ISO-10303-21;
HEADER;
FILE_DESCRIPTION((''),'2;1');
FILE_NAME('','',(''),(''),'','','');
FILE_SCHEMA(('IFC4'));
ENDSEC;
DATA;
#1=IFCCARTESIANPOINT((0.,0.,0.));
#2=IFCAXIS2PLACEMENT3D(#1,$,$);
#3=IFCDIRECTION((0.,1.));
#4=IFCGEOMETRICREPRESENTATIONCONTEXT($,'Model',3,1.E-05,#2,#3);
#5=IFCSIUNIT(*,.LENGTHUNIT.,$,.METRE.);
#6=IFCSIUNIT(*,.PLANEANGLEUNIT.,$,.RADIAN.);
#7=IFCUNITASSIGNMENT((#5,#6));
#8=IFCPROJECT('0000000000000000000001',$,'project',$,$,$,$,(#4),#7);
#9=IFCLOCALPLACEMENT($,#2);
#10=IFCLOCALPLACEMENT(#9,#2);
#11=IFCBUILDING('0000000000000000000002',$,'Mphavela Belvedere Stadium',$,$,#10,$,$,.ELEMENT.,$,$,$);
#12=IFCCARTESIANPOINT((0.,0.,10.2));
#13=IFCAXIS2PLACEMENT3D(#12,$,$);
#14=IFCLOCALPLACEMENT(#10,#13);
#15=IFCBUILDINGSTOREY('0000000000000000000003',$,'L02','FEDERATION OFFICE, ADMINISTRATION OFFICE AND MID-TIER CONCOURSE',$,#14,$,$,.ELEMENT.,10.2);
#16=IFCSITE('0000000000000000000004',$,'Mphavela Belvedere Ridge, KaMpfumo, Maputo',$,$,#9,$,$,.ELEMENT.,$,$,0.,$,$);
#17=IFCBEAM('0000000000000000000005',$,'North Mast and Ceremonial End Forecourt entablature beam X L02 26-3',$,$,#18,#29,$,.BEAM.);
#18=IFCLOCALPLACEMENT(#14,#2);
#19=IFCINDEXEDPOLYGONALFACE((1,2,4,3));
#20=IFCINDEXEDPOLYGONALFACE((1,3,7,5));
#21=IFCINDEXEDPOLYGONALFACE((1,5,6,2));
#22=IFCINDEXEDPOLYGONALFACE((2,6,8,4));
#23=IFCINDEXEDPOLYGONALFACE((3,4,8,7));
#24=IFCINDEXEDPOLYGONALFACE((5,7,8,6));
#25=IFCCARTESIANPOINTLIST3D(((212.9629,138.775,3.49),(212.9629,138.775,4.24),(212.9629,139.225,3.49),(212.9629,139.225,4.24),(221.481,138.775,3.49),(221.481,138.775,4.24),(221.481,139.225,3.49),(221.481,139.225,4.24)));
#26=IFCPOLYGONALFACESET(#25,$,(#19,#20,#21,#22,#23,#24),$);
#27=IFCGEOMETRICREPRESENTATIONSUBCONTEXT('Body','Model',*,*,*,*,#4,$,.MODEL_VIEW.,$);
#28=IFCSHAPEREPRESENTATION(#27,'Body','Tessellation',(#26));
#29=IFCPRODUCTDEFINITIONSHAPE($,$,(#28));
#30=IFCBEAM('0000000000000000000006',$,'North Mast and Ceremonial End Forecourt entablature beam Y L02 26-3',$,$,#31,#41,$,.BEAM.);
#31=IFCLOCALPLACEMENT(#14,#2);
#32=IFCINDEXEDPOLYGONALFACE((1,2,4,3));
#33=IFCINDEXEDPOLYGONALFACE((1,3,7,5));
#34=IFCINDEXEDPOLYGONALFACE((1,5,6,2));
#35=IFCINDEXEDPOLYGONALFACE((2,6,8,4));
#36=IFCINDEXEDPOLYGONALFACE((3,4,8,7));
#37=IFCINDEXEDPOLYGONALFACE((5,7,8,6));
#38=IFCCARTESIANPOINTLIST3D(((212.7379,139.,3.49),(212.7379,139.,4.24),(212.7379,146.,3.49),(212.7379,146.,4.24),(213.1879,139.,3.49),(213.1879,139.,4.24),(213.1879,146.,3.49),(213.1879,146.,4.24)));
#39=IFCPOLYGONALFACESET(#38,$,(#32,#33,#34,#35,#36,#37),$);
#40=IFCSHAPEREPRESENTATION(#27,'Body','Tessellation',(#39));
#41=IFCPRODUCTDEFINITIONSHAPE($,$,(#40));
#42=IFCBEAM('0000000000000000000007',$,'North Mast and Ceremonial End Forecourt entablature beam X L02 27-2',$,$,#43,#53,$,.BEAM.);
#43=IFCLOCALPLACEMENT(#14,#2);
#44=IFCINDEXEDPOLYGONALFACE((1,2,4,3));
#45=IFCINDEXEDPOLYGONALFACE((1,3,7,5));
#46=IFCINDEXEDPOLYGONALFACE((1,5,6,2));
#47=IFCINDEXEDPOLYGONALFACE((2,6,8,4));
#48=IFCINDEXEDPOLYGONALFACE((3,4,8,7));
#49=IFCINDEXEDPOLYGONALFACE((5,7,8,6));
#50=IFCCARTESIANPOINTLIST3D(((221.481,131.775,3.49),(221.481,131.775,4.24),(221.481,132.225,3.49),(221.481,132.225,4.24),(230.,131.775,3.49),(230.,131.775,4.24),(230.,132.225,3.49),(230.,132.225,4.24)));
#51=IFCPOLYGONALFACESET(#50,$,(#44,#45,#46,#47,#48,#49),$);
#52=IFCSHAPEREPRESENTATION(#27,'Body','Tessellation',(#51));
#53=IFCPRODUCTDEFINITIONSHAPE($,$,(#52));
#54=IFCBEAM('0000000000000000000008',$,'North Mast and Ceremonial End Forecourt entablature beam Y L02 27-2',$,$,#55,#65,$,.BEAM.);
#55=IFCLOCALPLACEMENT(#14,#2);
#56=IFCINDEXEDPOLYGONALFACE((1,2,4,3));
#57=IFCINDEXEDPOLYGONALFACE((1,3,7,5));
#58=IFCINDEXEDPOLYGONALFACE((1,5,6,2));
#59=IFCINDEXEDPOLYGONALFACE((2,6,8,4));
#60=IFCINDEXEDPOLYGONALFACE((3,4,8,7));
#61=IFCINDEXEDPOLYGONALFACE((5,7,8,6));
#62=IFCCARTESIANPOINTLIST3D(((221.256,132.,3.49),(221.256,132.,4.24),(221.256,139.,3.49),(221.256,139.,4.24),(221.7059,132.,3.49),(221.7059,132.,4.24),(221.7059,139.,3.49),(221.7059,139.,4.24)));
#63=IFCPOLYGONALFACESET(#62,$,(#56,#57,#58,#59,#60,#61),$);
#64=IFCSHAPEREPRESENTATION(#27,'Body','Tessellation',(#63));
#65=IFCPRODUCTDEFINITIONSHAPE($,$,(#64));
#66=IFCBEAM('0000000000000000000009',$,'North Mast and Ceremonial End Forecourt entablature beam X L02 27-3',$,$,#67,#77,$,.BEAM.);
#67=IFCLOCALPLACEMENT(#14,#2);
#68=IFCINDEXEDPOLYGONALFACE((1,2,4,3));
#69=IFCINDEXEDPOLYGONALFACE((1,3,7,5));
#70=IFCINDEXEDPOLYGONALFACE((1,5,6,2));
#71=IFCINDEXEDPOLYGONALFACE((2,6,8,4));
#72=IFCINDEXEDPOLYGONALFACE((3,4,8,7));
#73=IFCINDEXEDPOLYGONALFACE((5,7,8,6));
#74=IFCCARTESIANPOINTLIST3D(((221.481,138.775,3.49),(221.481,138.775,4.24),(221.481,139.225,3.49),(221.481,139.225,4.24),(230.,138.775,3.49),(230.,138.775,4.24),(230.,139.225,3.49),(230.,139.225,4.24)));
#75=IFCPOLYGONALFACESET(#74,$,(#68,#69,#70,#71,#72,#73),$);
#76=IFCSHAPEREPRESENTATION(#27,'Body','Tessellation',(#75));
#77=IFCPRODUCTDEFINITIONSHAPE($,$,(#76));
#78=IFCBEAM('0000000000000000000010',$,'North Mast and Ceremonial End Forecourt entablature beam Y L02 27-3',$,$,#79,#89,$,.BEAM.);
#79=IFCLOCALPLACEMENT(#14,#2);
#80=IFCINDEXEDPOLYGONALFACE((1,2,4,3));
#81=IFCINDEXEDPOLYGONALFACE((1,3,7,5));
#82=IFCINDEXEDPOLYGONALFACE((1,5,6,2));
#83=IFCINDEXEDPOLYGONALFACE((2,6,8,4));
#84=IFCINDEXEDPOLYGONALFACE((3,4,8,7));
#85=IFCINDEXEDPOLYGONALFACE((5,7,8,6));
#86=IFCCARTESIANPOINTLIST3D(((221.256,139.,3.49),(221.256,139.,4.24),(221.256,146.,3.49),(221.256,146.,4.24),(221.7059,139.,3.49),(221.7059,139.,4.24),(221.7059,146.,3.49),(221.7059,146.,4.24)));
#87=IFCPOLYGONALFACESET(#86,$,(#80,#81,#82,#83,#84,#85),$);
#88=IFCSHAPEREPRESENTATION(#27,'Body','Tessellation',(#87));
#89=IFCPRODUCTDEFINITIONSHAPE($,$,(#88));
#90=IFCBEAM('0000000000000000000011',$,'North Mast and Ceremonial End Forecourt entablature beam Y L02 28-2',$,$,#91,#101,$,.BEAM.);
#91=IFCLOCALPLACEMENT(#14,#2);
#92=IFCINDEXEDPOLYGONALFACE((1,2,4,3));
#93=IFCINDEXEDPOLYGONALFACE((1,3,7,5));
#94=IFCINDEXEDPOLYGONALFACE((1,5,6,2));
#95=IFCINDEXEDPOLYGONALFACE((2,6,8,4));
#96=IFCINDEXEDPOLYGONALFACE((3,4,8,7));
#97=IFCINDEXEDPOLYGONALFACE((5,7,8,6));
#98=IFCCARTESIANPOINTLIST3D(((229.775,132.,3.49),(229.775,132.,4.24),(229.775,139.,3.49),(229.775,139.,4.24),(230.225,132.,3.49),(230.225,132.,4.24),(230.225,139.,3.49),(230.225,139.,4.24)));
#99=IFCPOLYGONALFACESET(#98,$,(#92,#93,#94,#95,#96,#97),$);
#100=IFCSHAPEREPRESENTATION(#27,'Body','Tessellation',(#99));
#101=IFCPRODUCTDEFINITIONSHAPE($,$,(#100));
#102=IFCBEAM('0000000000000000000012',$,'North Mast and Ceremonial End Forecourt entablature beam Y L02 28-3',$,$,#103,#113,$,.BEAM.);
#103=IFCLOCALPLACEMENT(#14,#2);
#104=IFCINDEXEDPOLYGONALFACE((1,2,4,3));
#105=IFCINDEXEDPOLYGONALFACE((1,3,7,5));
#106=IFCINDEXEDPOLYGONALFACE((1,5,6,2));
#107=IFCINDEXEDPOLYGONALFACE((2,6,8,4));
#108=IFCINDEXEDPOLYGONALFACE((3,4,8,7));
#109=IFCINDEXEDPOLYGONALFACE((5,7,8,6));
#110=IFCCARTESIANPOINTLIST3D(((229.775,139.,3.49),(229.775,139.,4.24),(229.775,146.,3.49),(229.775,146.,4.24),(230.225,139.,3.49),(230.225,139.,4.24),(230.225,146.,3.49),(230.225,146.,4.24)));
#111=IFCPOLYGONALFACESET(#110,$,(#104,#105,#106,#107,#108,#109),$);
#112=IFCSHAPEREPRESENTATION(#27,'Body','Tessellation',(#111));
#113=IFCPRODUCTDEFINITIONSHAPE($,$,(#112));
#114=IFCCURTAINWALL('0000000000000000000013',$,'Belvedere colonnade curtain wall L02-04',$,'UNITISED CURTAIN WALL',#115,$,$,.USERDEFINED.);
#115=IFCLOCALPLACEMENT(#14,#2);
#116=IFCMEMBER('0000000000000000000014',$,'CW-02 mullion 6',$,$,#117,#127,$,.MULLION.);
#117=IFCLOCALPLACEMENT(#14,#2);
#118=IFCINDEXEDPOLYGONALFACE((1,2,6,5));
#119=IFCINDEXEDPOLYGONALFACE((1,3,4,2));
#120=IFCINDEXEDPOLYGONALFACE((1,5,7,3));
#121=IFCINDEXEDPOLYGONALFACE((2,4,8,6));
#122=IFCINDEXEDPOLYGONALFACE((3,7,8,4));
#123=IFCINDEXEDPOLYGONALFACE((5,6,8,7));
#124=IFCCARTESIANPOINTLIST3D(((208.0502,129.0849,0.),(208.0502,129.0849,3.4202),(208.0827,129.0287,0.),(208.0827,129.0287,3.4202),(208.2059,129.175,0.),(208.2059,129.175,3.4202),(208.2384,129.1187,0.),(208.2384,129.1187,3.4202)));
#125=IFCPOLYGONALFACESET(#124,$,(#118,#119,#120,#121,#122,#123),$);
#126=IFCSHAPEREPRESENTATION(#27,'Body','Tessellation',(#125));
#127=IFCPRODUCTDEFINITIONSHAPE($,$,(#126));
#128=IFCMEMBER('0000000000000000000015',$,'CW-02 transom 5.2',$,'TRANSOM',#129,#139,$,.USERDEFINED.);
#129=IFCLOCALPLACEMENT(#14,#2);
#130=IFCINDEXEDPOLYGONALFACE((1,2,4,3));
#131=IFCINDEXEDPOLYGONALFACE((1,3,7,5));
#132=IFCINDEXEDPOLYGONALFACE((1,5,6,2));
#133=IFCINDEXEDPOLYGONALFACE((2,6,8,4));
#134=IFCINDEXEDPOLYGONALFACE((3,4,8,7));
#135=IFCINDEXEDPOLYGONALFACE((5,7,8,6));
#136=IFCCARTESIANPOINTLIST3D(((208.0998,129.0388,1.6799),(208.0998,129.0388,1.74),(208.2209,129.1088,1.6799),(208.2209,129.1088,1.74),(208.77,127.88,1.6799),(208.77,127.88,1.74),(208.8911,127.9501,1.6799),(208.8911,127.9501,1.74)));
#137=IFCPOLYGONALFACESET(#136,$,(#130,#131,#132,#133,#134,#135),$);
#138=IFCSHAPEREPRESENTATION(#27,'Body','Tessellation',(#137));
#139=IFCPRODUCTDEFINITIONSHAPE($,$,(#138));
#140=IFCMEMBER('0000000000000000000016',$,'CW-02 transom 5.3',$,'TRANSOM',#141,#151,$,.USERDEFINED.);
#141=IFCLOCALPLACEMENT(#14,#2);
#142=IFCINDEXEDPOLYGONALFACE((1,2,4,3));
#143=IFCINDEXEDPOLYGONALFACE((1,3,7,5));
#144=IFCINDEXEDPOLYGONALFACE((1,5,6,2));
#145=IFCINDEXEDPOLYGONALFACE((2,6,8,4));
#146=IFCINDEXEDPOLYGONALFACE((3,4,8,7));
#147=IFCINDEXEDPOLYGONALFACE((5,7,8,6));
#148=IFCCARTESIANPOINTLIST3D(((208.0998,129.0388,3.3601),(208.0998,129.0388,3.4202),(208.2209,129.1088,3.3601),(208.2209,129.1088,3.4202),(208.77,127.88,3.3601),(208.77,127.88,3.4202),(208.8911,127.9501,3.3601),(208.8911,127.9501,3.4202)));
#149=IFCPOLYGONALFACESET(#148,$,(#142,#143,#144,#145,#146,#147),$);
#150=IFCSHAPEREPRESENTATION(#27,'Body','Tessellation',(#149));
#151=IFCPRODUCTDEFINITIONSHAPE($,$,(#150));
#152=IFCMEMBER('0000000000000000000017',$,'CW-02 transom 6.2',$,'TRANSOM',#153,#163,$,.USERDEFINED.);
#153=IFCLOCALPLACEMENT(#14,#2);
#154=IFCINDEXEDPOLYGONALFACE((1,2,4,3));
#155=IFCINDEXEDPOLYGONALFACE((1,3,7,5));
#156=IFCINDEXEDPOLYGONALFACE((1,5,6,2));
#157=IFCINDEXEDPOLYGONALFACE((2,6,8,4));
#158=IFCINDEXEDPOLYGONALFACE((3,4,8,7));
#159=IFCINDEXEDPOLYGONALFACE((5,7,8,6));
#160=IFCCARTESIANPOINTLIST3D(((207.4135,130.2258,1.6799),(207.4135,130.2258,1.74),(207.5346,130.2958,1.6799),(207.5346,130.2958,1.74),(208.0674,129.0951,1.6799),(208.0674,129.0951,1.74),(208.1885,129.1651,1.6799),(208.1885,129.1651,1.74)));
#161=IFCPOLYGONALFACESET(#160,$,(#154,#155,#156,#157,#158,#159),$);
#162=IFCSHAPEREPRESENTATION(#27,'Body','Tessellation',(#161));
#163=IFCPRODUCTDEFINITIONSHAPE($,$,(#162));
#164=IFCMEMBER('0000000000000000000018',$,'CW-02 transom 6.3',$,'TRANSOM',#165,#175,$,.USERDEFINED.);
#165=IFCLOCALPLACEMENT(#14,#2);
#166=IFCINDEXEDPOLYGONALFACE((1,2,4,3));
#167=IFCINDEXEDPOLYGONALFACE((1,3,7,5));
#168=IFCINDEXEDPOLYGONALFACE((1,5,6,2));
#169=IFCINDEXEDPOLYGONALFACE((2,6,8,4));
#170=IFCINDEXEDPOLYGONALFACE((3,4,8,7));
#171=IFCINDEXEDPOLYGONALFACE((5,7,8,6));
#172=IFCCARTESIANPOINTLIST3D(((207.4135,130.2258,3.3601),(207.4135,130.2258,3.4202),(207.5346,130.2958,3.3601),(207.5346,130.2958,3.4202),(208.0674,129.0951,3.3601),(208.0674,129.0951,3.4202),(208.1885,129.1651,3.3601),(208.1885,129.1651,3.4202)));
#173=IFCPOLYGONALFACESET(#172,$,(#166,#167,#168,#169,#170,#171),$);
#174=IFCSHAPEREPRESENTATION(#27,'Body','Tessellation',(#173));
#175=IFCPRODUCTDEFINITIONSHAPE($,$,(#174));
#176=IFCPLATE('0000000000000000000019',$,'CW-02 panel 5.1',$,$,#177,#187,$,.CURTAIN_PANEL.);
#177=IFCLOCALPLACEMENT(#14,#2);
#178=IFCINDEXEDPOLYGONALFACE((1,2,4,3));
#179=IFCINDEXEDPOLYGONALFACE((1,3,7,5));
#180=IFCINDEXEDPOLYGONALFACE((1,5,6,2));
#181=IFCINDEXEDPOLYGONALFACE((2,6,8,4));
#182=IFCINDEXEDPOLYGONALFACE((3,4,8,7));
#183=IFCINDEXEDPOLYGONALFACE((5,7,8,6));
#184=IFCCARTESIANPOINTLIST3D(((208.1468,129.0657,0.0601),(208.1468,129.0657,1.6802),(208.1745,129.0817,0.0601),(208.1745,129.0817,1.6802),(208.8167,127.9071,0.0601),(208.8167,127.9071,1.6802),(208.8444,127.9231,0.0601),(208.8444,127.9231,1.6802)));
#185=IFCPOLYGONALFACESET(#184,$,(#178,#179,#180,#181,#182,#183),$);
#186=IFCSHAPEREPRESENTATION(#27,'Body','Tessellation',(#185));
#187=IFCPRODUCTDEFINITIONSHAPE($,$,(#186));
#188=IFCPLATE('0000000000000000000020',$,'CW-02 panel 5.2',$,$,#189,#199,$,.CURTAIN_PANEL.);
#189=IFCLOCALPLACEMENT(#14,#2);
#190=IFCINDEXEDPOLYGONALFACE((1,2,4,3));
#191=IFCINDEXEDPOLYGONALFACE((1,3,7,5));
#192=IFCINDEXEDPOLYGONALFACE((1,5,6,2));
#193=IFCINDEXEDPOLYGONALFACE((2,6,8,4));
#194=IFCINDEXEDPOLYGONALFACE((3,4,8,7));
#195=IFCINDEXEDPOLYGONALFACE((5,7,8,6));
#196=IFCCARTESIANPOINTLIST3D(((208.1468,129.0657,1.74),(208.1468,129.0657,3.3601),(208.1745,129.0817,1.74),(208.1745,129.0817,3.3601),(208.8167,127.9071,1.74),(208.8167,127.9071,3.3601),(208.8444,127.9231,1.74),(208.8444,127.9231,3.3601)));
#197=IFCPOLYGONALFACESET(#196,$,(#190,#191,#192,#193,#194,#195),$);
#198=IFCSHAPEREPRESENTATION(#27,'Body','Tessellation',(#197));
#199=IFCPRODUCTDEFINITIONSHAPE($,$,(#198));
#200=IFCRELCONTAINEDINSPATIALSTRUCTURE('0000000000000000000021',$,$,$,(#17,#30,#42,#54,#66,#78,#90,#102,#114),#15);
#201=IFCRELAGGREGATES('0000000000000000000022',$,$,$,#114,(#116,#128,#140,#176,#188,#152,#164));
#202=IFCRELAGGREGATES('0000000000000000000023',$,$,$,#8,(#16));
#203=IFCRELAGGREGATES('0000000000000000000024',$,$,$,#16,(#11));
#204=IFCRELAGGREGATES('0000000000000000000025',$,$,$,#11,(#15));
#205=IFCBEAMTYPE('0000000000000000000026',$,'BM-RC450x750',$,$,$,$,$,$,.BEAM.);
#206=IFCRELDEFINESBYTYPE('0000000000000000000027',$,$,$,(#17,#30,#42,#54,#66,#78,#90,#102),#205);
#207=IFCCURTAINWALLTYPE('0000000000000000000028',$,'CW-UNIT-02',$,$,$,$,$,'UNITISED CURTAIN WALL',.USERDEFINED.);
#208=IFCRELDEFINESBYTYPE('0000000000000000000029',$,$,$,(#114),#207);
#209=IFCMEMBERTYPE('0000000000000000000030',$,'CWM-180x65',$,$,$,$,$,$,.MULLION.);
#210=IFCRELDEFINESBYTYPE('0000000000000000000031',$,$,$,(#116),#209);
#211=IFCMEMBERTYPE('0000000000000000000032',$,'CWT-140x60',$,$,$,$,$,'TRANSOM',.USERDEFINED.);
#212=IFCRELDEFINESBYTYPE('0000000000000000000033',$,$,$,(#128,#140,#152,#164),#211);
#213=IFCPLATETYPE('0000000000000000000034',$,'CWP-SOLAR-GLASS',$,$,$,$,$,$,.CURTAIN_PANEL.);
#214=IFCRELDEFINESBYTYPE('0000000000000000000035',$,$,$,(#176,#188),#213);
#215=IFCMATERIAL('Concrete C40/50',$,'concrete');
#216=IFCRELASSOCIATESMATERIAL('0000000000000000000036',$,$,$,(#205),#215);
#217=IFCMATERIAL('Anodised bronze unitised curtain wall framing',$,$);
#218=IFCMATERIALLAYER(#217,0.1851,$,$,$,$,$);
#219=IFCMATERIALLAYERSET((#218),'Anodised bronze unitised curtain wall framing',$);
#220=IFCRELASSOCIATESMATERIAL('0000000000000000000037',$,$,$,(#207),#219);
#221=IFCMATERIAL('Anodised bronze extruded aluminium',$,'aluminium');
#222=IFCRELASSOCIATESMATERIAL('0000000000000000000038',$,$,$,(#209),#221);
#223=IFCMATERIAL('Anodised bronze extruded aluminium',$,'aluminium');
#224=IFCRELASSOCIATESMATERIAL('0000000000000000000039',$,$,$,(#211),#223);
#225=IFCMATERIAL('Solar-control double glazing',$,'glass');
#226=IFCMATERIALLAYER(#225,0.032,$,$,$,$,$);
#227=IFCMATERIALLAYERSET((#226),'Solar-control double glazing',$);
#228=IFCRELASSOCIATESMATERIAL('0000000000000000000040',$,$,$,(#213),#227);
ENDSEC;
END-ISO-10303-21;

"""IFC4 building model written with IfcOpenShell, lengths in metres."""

from ifc_helpers import new_model, si_unit, direction, frame, origin, origin_2d, place, context, subcontext, project, spatial, rectangle, extrude, material, layer, layer_set, material_profile, profile_set, type_object, element, aggregate, save


model = new_model("IFC4")

# Units and contexts
model_context = context("Model", 3, precision=1e-05, world=origin(), true_north=direction((0.0, 1.0)))
body_context = subcontext(model_context, "Body", "Model", "MODEL_VIEW")
ifc_project = project(units=[si_unit("LENGTHUNIT", "METRE"), si_unit("PLANEANGLEUNIT", "RADIAN")], contexts=[model_context])

# Site, building, storey
site_placement = place(None, origin())
site = spatial("IfcSite", under=ifc_project, at=site_placement, Name="Mphavela Belvedere Ridge, KaMpfumo, Maputo", CompositionType="ELEMENT", RefElevation=0.0)
building_placement = place(site_placement, origin())
building = spatial("IfcBuilding", under=site, at=building_placement, Name="Mphavela Belvedere Stadium", CompositionType="ELEMENT")
storey_placement = place(building_placement, frame((0.0, 0.0, 10.2)))
storey = spatial("IfcBuildingStorey", under=building, at=storey_placement, Name="L02", Description="FEDERATION OFFICE, ADMINISTRATION OFFICE AND MID-TIER CONCOURSE", CompositionType="ELEMENT", Elevation=10.2)

# Beams
ifc_material_1 = material(Name="Concrete C40/50", Category="concrete")
ifc_material_profile_1 = material_profile(ifc_material_1, rectangle(XDim=0.45, YDim=0.75, at=origin_2d()), Name="RC 450x750")
ifc_profile_set_1 = profile_set([ifc_material_profile_1], Name="Concrete C40/50")
beam_type_1 = type_object("IfcBeamType", Name="BM-RC450x750", PredefinedType="BEAM", material=ifc_profile_set_1)
beam_1_placement = place(storey_placement, frame((212.9629, 139.0, 3.865), z_axis=(1.0, 0.0, 0.0), x_axis=(0.0, 1.0, 0.0)))
element("IfcBeam", 1, at=beam_1_placement, inside=storey, type_object=beam_type_1, Name="North Mast and Ceremonial End Forecourt entablature beam X L02 26-3", PredefinedType="BEAM", context=body_context, shape_type="SweptSolid", body=[
    extrude(rectangle(XDim=0.45, YDim=0.75, at=origin_2d()), origin(), (0.0, 0.0, 1.0), 8.5181),
])
beam_2_placement = place(storey_placement, frame((212.9629, 139.0, 3.865), z_axis=(0.0, 1.0, 0.0), x_axis=(-1.0, 0.0, 0.0)))
element("IfcBeam", 2, at=beam_2_placement, inside=storey, type_object=beam_type_1, Name="North Mast and Ceremonial End Forecourt entablature beam Y L02 26-3", PredefinedType="BEAM", context=body_context, shape_type="SweptSolid", body=[
    extrude(rectangle(XDim=0.45, YDim=0.75, at=origin_2d()), origin(), (0.0, 0.0, 1.0), 7.0),
])
beam_3_placement = place(storey_placement, frame((221.481, 132.0, 3.865), z_axis=(1.0, 0.0, 0.0), x_axis=(0.0, 1.0, 0.0)))
element("IfcBeam", 3, at=beam_3_placement, inside=storey, type_object=beam_type_1, Name="North Mast and Ceremonial End Forecourt entablature beam X L02 27-2", PredefinedType="BEAM", context=body_context, shape_type="SweptSolid", body=[
    extrude(rectangle(XDim=0.45, YDim=0.75, at=origin_2d()), origin(), (0.0, 0.0, 1.0), 8.519),
])
beam_4_placement = place(storey_placement, frame((221.481, 132.0, 3.865), z_axis=(0.0, 1.0, 0.0), x_axis=(-1.0, 0.0, 0.0)))
element("IfcBeam", 4, at=beam_4_placement, inside=storey, type_object=beam_type_1, Name="North Mast and Ceremonial End Forecourt entablature beam Y L02 27-2", PredefinedType="BEAM", context=body_context, shape_type="SweptSolid", body=[
    extrude(rectangle(XDim=0.45, YDim=0.75, at=origin_2d()), origin(), (0.0, 0.0, 1.0), 7.0),
])
beam_5_placement = place(storey_placement, frame((221.481, 139.0, 3.865), z_axis=(1.0, 0.0, 0.0), x_axis=(0.0, 1.0, 0.0)))
element("IfcBeam", 5, at=beam_5_placement, inside=storey, type_object=beam_type_1, Name="North Mast and Ceremonial End Forecourt entablature beam X L02 27-3", PredefinedType="BEAM", context=body_context, shape_type="SweptSolid", body=[
    extrude(rectangle(XDim=0.45, YDim=0.75, at=origin_2d()), origin(), (0.0, 0.0, 1.0), 8.519),
])
for number, where, z_axis, x_axis, name in (
    (6, (221.481, 139.0, 3.865), (0.0, 1.0, 0.0), (-1.0, 0.0, 0.0), "North Mast and Ceremonial End Forecourt entablature beam Y L02 27-3"),
    (7, (230.0, 132.0, 3.865), (0.0, 1.0, 0.0), (-1.0, 0.0, 0.0), "North Mast and Ceremonial End Forecourt entablature beam Y L02 28-2"),
    (8, (230.0, 139.0, 3.865), (0.0, 1.0, 0.0), (-1.0, 0.0, 0.0), "North Mast and Ceremonial End Forecourt entablature beam Y L02 28-3"),
):
    element("IfcBeam", number, at=place(storey_placement, frame(where, z_axis=z_axis, x_axis=x_axis)), inside=storey, type_object=beam_type_1, Name=name, PredefinedType="BEAM", context=body_context, shape_type="SweptSolid", body=[
        extrude(rectangle(XDim=0.45, YDim=0.75, at=origin_2d()), origin(), (0.0, 0.0, 1.0), 7.0),
    ])

# Curtain wall, members, plates
ifc_material_2 = material(Name="Anodised bronze unitised curtain wall framing")
ifc_layer_1 = layer(ifc_material_2, 0.1851)
ifc_layer_set_1 = layer_set([ifc_layer_1], Name="Anodised bronze unitised curtain wall framing")
curtain_wall_type = type_object("IfcCurtainWallType", Name="CW-UNIT-02", ElementType="UNITISED CURTAIN WALL", PredefinedType="USERDEFINED", material=ifc_layer_set_1)
curtain_wall_placement = place(storey_placement, origin())
curtain_wall = element("IfcCurtainWall", 9, at=curtain_wall_placement, inside=storey, type_object=curtain_wall_type, Name="Belvedere colonnade curtain wall L02-04", ObjectType="UNITISED CURTAIN WALL", PredefinedType="USERDEFINED")
ifc_material_3 = material(Name="Anodised bronze extruded aluminium", Category="aluminium")
ifc_material_profile_2 = material_profile(ifc_material_3, rectangle(XDim=0.1799, YDim=0.0649, at=origin_2d()), Name="CW-MUL 180x65")
ifc_profile_set_2 = profile_set([ifc_material_profile_2], Name="Anodised bronze extruded aluminium")
member_type_1 = type_object("IfcMemberType", Name="CWM-180x65", PredefinedType="MULLION", material=ifc_profile_set_2)
member_1_placement = place(storey_placement, frame((208.1443, 129.1018, 0.0), z_axis=(0.0, 0.0, 1.0), x_axis=(-0.8657, -0.500562, 0.0)))
member_1 = element("IfcMember", 10, at=member_1_placement, type_object=member_type_1, Name="CW-02 mullion 6", PredefinedType="MULLION", context=body_context, shape_type="SweptSolid", body=[
    extrude(rectangle(XDim=0.1799, YDim=0.0649, at=origin_2d()), origin(), (0.0, 0.0, 1.0), 3.4202),
])
ifc_material_4 = material(Name="Anodised bronze extruded aluminium", Category="aluminium")
ifc_material_profile_3 = material_profile(ifc_material_4, rectangle(XDim=0.1399, YDim=0.0601, at=origin_2d()), Name="CW-TRN 140x60")
ifc_profile_set_3 = profile_set([ifc_material_profile_3], Name="Anodised bronze extruded aluminium")
member_type_2 = type_object("IfcMemberType", Name="CWT-140x60", ElementType="TRANSOM", PredefinedType="USERDEFINED", material=ifc_profile_set_3)
member_2_placement = place(storey_placement, frame((208.8306, 127.915, 1.71), z_axis=(-0.50067, 0.865638, 0.0), x_axis=(-0.865638, -0.50067, 0.0)))
member_2 = element("IfcMember", 11, at=member_2_placement, type_object=member_type_2, Name="CW-02 transom 5.2", ObjectType="TRANSOM", PredefinedType="USERDEFINED", context=body_context, shape_type="SweptSolid", body=[
    extrude(rectangle(XDim=0.1399, YDim=0.0601, at=origin_2d()), origin(), (0.0, 0.0, 1.0), 1.3386),
])
member_3_placement = place(storey_placement, frame((208.8306, 127.915, 3.3901), z_axis=(-0.50067, 0.865638, 0.0), x_axis=(-0.865638, -0.50067, 0.0)))
member_3 = element("IfcMember", 12, at=member_3_placement, type_object=member_type_2, Name="CW-02 transom 5.3", ObjectType="TRANSOM", PredefinedType="USERDEFINED", context=body_context, shape_type="SweptSolid", body=[
    extrude(rectangle(XDim=0.1399, YDim=0.0601, at=origin_2d()), origin(), (0.0, 0.0, 1.0), 1.3386),
])
member_4_placement = place(storey_placement, frame((208.1279, 129.1301, 1.71), z_axis=(-0.500601, 0.865678, 0.0), x_axis=(-0.865678, -0.500601, 0.0)))
member_4 = element("IfcMember", 13, at=member_4_placement, type_object=member_type_2, Name="CW-02 transom 6.2", ObjectType="TRANSOM", PredefinedType="USERDEFINED", context=body_context, shape_type="SweptSolid", body=[
    extrude(rectangle(XDim=0.1399, YDim=0.0601, at=origin_2d()), origin(), (0.0, 0.0, 1.0), 1.3062),
])
member_5_placement = place(storey_placement, frame((208.1279, 129.1301, 3.3901), z_axis=(-0.500601, 0.865678, 0.0), x_axis=(-0.865678, -0.500601, 0.0)))
member_5 = element("IfcMember", 14, at=member_5_placement, type_object=member_type_2, Name="CW-02 transom 6.3", ObjectType="TRANSOM", PredefinedType="USERDEFINED", context=body_context, shape_type="SweptSolid", body=[
    extrude(rectangle(XDim=0.1399, YDim=0.0601, at=origin_2d()), origin(), (0.0, 0.0, 1.0), 1.3062),
])
ifc_material_5 = material(Name="Solar-control double glazing", Category="glass")
ifc_layer_2 = layer(ifc_material_5, 0.032)
ifc_layer_set_2 = layer_set([ifc_layer_2], Name="Solar-control double glazing")
plate_type = type_object("IfcPlateType", Name="CWP-SOLAR-GLASS", PredefinedType="CURTAIN_PANEL", material=ifc_layer_set_2)
plate_1_placement = place(storey_placement, frame((208.4956, 128.4944, 0.0601), z_axis=(0.0, 0.0, 1.0), x_axis=(-0.500562, 0.8657, 0.0)))
plate_1 = element("IfcPlate", 15, at=plate_1_placement, type_object=plate_type, Name="CW-02 panel 5.1", PredefinedType="CURTAIN_PANEL", context=body_context, shape_type="SweptSolid", body=[
    extrude(rectangle(XDim=1.3384, YDim=0.032, at=origin_2d()), origin(), (0.0, 0.0, 1.0), 1.6201),
])
plate_2_placement = place(storey_placement, frame((208.4956, 128.4944, 1.74), z_axis=(0.0, 0.0, 1.0), x_axis=(-0.500562, 0.8657, 0.0)))
plate_2 = element("IfcPlate", 16, at=plate_2_placement, type_object=plate_type, Name="CW-02 panel 5.2", PredefinedType="CURTAIN_PANEL", context=body_context, shape_type="SweptSolid", body=[
    extrude(rectangle(XDim=1.3384, YDim=0.032, at=origin_2d()), origin(), (0.0, 0.0, 1.0), 1.6201),
])
aggregate(curtain_wall, [member_1, member_2, member_3, plate_1, plate_2, member_4, member_5])

save(model, "model.ifc")
